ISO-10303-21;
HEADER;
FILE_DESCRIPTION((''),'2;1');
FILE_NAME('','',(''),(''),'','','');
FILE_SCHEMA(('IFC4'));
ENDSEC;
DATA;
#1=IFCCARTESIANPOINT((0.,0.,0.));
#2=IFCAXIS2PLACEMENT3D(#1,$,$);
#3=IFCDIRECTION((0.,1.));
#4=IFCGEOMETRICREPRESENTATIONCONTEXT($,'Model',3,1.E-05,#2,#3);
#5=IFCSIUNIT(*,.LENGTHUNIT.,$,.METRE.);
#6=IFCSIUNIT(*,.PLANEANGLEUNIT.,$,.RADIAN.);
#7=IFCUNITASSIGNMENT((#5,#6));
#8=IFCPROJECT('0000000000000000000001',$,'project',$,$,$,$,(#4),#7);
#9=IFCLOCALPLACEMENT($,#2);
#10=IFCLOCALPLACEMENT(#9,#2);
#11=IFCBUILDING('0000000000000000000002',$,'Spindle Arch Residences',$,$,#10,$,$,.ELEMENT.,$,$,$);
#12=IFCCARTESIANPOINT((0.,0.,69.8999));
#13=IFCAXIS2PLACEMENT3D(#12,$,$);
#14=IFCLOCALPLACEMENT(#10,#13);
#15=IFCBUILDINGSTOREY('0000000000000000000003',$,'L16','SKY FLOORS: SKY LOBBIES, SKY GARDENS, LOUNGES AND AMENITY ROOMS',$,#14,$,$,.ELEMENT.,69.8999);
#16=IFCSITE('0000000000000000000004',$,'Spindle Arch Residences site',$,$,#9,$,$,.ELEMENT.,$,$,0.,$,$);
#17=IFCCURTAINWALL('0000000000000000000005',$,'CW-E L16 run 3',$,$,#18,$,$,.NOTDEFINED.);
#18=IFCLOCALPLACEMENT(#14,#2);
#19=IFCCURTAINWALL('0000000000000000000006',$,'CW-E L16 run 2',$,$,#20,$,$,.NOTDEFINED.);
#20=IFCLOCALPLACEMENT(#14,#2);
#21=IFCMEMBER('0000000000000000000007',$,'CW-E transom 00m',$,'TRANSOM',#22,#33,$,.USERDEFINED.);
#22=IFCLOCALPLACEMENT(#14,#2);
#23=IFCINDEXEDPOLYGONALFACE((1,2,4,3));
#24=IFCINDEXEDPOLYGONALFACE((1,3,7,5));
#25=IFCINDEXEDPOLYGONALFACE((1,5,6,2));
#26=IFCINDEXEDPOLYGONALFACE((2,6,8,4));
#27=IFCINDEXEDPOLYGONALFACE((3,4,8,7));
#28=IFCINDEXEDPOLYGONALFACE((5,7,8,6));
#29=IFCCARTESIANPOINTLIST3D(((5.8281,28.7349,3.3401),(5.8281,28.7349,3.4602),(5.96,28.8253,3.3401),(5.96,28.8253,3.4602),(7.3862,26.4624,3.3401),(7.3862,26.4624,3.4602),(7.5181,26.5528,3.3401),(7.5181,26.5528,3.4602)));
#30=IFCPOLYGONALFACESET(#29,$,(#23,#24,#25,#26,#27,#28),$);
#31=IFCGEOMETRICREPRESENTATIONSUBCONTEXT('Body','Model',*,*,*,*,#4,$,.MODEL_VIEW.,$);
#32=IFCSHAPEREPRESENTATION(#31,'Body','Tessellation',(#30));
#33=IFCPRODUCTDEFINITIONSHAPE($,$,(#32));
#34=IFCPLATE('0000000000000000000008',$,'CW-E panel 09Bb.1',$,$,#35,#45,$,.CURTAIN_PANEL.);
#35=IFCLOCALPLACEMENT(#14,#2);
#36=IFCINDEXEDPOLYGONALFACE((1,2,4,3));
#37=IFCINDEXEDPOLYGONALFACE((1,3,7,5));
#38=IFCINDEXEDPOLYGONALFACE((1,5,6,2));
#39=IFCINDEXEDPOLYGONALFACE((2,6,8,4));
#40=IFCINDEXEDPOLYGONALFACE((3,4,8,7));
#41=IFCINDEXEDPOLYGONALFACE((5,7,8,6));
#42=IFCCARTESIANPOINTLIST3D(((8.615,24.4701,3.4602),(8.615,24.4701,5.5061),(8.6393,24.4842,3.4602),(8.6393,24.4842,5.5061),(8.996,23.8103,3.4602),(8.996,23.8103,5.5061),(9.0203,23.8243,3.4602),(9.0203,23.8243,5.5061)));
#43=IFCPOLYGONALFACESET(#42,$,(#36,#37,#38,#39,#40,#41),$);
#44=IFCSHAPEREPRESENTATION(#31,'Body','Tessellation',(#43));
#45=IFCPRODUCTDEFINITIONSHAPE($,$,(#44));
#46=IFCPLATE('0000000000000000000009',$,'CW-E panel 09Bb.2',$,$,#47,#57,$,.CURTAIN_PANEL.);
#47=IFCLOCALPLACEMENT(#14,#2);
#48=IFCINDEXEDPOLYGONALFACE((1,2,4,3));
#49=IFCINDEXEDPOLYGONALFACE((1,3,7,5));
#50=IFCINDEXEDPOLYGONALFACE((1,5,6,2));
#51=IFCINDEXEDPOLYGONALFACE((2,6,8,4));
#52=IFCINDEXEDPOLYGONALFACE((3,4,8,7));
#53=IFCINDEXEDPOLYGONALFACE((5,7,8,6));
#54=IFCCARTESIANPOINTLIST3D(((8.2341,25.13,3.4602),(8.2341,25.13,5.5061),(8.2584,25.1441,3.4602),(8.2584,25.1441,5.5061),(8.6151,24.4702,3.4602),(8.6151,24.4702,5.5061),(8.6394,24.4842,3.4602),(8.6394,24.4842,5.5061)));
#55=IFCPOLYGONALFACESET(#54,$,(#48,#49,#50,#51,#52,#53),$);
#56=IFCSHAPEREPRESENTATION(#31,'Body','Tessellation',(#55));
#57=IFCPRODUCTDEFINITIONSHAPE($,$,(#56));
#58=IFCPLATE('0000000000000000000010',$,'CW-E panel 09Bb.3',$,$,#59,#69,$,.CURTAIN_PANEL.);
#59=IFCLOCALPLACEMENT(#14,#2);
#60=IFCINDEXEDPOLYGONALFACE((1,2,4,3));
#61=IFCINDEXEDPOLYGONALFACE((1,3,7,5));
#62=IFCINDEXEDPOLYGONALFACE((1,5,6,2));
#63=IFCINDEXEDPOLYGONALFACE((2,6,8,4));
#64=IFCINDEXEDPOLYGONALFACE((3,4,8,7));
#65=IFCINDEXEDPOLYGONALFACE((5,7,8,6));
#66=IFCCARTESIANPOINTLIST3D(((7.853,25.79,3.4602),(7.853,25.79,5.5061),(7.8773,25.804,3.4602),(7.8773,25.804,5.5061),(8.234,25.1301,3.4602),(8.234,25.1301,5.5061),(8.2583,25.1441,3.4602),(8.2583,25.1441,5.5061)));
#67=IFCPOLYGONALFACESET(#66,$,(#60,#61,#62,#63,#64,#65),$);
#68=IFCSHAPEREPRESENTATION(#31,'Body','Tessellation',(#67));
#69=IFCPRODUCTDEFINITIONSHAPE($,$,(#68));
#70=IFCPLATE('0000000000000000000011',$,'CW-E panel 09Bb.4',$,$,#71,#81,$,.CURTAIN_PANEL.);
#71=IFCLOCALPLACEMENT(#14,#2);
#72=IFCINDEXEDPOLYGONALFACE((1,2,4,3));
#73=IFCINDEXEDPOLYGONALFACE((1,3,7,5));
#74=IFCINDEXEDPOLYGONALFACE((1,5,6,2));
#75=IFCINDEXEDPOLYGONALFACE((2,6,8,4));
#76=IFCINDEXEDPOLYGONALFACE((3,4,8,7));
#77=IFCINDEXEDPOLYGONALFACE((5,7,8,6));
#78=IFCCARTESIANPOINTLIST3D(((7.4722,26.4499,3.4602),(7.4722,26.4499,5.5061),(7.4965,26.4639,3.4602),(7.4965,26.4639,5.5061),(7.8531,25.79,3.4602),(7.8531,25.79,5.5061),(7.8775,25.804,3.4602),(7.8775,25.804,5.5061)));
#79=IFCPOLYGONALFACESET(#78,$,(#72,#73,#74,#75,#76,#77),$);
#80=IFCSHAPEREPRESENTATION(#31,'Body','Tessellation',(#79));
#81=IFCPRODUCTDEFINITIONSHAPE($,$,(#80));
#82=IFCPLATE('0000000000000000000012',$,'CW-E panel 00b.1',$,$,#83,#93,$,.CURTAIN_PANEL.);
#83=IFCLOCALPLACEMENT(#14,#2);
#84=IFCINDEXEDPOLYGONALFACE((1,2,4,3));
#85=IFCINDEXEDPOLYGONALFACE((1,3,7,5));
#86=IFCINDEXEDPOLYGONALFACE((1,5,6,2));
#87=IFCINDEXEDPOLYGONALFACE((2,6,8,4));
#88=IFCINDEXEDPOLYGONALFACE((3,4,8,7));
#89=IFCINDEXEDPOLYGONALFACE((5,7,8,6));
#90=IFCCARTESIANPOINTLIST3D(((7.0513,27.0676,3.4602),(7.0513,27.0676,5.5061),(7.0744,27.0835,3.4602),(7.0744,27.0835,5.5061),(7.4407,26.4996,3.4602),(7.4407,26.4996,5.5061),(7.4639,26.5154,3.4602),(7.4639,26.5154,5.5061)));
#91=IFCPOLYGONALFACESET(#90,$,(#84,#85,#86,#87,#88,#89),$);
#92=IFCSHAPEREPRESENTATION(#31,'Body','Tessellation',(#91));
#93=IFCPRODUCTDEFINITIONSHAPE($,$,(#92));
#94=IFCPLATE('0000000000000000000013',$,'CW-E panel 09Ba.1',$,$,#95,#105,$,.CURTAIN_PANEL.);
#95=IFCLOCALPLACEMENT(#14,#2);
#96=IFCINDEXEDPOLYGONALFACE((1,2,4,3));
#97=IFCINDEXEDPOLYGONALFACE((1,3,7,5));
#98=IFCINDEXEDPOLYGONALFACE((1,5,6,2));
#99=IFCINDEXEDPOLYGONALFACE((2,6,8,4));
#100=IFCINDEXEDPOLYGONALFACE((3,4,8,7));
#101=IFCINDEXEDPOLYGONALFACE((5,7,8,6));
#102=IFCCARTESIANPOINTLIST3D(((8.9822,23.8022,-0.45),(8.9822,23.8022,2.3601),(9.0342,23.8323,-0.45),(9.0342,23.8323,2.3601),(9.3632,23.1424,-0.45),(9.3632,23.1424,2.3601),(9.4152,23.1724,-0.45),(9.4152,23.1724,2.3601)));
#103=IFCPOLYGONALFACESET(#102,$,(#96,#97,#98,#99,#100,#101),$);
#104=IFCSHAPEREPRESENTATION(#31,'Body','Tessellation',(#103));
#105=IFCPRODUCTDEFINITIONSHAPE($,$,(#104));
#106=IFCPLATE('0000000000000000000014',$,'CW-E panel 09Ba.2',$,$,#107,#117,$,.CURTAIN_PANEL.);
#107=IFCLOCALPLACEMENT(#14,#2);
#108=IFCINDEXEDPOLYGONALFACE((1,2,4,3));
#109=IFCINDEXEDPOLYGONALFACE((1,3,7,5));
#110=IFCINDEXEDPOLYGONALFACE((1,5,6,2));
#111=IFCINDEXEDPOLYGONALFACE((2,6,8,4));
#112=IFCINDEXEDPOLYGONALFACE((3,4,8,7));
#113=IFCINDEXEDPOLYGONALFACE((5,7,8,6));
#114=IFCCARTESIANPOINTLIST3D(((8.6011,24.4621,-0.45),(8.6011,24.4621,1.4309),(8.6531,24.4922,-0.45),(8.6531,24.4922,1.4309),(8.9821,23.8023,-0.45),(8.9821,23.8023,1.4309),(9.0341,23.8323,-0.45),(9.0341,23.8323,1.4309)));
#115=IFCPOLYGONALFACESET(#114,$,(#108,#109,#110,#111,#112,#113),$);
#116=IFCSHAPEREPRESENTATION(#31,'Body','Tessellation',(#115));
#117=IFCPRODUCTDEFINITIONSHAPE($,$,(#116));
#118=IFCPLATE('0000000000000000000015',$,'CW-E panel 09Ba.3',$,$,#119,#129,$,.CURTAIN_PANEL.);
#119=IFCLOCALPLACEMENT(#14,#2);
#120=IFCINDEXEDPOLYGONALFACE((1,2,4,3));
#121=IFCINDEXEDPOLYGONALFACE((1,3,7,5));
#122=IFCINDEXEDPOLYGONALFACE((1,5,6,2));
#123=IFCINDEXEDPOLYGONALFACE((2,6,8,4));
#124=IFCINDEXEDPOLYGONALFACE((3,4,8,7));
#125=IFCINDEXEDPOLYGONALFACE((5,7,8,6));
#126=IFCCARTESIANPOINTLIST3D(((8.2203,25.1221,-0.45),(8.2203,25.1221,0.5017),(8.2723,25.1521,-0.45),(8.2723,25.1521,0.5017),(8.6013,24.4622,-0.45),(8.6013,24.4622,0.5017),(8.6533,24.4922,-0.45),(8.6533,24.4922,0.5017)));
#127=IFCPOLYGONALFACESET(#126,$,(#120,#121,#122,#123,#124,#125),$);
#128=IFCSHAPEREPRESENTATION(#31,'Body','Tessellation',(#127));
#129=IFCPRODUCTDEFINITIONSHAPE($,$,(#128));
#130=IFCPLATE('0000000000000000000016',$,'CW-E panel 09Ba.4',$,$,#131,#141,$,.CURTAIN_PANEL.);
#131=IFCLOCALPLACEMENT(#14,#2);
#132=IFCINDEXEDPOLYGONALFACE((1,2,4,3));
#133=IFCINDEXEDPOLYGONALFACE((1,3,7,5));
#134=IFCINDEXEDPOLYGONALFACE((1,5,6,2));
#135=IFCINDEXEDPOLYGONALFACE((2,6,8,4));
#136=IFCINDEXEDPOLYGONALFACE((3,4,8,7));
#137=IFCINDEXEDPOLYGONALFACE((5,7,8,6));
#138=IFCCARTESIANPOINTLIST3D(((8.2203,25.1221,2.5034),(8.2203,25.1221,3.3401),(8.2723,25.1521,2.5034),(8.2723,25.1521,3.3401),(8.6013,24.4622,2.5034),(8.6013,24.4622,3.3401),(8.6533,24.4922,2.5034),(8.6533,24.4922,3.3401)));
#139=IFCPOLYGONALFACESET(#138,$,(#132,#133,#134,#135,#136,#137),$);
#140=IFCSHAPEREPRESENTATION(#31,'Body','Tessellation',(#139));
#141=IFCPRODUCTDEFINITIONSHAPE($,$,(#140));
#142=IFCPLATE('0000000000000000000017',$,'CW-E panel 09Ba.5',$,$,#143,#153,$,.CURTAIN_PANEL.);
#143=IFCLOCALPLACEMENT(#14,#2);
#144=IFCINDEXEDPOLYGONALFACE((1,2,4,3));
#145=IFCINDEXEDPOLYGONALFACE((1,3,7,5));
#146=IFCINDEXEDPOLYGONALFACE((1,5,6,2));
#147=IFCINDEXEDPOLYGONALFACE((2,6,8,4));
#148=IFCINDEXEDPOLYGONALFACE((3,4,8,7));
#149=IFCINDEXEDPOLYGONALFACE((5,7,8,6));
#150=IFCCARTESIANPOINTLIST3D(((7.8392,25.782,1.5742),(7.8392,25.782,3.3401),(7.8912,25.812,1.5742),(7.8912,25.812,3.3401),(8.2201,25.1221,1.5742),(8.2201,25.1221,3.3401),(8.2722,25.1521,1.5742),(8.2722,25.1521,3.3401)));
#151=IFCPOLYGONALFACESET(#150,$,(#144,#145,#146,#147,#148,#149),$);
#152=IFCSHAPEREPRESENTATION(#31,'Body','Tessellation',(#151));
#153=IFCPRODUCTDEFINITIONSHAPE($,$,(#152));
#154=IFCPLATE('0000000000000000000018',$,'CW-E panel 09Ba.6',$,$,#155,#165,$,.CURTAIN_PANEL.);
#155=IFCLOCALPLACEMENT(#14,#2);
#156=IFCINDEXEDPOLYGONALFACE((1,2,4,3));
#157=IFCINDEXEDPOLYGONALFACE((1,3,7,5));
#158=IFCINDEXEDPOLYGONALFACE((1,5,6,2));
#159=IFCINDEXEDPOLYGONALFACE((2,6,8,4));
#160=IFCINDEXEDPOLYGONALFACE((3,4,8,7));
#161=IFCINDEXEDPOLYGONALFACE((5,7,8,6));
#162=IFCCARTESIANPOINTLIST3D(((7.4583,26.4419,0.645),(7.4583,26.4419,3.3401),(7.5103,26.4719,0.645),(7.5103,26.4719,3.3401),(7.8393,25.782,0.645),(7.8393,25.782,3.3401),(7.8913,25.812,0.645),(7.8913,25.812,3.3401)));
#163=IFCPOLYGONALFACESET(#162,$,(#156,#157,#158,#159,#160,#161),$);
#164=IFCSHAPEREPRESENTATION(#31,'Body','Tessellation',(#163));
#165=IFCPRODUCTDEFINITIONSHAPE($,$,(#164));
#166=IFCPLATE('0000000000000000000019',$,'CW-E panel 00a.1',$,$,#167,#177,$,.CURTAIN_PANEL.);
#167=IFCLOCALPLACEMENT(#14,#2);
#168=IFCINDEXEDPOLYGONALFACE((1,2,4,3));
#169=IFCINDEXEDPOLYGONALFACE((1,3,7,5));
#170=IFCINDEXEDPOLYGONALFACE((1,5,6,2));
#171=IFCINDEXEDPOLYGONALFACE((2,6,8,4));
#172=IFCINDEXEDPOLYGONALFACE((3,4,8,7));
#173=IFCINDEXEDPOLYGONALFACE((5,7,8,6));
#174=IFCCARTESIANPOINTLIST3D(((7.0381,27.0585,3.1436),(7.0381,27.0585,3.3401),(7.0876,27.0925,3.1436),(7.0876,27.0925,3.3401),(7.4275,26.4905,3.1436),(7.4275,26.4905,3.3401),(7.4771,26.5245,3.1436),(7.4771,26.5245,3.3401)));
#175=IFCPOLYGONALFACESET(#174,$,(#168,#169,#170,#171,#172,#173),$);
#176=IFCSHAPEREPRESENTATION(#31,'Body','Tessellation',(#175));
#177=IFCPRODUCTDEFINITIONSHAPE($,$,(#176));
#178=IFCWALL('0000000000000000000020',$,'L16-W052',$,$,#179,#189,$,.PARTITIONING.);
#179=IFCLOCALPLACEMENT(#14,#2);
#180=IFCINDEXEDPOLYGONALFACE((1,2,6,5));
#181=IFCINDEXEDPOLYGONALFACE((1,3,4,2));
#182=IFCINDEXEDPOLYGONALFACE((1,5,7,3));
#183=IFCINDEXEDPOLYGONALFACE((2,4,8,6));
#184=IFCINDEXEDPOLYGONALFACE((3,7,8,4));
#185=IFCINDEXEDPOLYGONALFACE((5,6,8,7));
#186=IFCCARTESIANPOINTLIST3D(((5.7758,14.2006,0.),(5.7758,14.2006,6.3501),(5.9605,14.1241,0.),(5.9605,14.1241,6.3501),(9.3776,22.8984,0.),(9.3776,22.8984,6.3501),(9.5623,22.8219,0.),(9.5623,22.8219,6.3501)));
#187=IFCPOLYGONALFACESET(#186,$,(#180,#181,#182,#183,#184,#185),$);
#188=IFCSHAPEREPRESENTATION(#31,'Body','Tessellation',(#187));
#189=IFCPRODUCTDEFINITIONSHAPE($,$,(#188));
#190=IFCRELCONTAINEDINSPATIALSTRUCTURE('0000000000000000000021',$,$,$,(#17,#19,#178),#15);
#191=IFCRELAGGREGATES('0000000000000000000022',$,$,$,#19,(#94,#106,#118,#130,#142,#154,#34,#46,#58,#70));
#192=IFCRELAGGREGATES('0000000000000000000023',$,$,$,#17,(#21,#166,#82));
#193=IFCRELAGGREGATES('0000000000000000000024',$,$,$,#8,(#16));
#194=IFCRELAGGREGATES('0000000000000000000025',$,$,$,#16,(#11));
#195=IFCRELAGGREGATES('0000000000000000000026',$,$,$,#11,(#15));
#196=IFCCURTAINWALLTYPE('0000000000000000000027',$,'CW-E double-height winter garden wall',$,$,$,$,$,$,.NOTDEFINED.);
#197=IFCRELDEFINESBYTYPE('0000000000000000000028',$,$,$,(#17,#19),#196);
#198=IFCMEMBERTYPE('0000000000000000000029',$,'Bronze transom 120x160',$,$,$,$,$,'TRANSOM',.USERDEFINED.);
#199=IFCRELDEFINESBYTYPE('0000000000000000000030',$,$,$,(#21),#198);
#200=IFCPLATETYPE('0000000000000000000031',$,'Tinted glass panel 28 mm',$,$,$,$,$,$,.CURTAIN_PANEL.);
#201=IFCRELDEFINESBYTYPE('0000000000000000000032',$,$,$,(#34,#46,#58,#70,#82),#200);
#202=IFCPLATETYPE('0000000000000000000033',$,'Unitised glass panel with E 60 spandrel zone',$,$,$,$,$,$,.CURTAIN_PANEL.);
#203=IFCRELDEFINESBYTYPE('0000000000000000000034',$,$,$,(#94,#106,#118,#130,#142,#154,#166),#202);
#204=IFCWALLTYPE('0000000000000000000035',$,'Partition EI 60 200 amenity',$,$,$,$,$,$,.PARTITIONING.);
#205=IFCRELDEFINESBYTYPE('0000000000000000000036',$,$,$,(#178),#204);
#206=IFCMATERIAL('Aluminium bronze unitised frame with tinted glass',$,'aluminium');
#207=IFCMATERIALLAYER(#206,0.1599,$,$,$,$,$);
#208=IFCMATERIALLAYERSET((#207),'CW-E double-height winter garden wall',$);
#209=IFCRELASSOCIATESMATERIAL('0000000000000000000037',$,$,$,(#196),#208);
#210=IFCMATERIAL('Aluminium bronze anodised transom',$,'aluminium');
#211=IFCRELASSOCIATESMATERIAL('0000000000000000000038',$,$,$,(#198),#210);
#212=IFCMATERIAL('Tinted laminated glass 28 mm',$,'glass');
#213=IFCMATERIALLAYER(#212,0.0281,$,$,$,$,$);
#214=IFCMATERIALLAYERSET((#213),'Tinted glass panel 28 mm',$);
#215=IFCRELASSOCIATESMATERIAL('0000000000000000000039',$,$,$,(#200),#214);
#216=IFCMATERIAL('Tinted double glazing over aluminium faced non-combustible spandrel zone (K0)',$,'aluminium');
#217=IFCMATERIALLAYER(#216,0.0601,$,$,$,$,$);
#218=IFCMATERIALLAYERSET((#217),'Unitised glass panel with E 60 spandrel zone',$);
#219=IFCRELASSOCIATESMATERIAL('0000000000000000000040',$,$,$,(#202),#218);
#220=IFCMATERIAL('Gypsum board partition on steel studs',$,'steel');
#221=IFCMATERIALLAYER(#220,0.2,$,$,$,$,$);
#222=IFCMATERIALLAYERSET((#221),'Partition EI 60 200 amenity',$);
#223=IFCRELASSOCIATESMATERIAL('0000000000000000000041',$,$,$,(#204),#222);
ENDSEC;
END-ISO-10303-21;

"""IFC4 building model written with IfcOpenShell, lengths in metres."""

from ifc_helpers import new_model, si_unit, direction, frame, frame_2d, origin, origin_2d, place, context, subcontext, project, spatial, rectangle, extrude, material, layer, layer_set, material_profile, profile_set, type_object, element, aggregate, save


model = new_model("IFC4")

# Units and contexts
model_context = context("Model", 3, precision=1e-05, world=origin(), true_north=direction((0.0, 1.0)))
body_context = subcontext(model_context, "Body", "Model", "MODEL_VIEW")
ifc_project = project(units=[si_unit("LENGTHUNIT", "METRE"), si_unit("PLANEANGLEUNIT", "RADIAN")], contexts=[model_context])

# Site, building, storey
site_placement = place(None, origin())
site = spatial("IfcSite", under=ifc_project, at=site_placement, Name="Spindle Arch Residences site", CompositionType="ELEMENT", RefElevation=0.0)
building_placement = place(site_placement, origin())
building = spatial("IfcBuilding", under=site, at=building_placement, Name="Spindle Arch Residences", CompositionType="ELEMENT")
storey_placement = place(building_placement, frame((0.0, 0.0, 69.8999)))
storey = spatial("IfcBuildingStorey", under=building, at=storey_placement, Name="L16", Description="SKY FLOORS: SKY LOBBIES, SKY GARDENS, LOUNGES AND AMENITY ROOMS", CompositionType="ELEMENT", Elevation=69.8999)

# Curtain walls
ifc_material_1 = material(Name="Aluminium bronze unitised frame with tinted glass", Category="aluminium")
ifc_layer_1 = layer(ifc_material_1, 0.1599)
ifc_layer_set_1 = layer_set([ifc_layer_1], Name="CW-E double-height winter garden wall")
curtain_wall_type = type_object("IfcCurtainWallType", Name="CW-E double-height winter garden wall", PredefinedType="NOTDEFINED", material=ifc_layer_set_1)
curtain_wall_1_placement = place(storey_placement, origin())
curtain_wall_1 = element("IfcCurtainWall", 1, at=curtain_wall_1_placement, inside=storey, type_object=curtain_wall_type, Name="CW-E L16 run 3", PredefinedType="NOTDEFINED")
curtain_wall_2_placement = place(storey_placement, origin())
curtain_wall_2 = element("IfcCurtainWall", 2, at=curtain_wall_2_placement, inside=storey, type_object=curtain_wall_type, Name="CW-E L16 run 2", PredefinedType="NOTDEFINED")
ifc_material_2 = material(Name="Aluminium bronze anodised transom", Category="aluminium")
ifc_material_profile_1 = material_profile(ifc_material_2, rectangle(XDim=0.1599, YDim=0.1201, at=origin_2d()), Name="TR 120x160")
ifc_profile_set_1 = profile_set([ifc_material_profile_1], Name="Aluminium bronze anodised transom")
member_type_1 = type_object("IfcMemberType", Name="Bronze transom 120x160", ElementType="TRANSOM", PredefinedType="USERDEFINED", material=ifc_profile_set_1)

# Member
member_1_placement = place(storey_placement, frame((7.4521, 26.5076, 3.4001), z_axis=(-0.56549, 0.824755, 0.0), x_axis=(-0.824755, -0.56549, 0.0)))
member_1 = element("IfcMember", 3, at=member_1_placement, type_object=member_type_1, Name="CW-E transom 00m", ObjectType="TRANSOM", PredefinedType="USERDEFINED", context=body_context, shape_type="SweptSolid", body=[
    extrude(rectangle(XDim=0.1599, YDim=0.1201, at=origin_2d()), origin(), (0.0, 0.0, 1.0), 2.7554),
])

# Plates
ifc_material_3 = material(Name="Tinted laminated glass 28 mm", Category="glass")
ifc_layer_2 = layer(ifc_material_3, 0.0281)
ifc_layer_set_2 = layer_set([ifc_layer_2], Name="Tinted glass panel 28 mm")
plate_type_1 = type_object("IfcPlateType", Name="Tinted glass panel 28 mm", PredefinedType="CURTAIN_PANEL", material=ifc_layer_set_2)
plate_1_placement = place(storey_placement, frame((8.8176, 24.1472, 3.4602), z_axis=(0.0, 0.0, 1.0), x_axis=(-0.5, 0.866025, 0.0)))
plate_1 = element("IfcPlate", 4, at=plate_1_placement, type_object=plate_type_1, Name="CW-E panel 09Bb.1", PredefinedType="CURTAIN_PANEL", context=body_context, shape_type="SweptSolid", body=[
    extrude(rectangle(XDim=0.762, YDim=0.0281, at=origin_2d()), origin(), (0.0, 0.0, 1.0), 2.0459),
])
plate_2_placement = place(storey_placement, frame((8.4368, 24.8071, 3.4602), z_axis=(0.0, 0.0, 1.0), x_axis=(-0.5, 0.866025, 0.0)))
plate_2 = element("IfcPlate", 5, at=plate_2_placement, type_object=plate_type_1, Name="CW-E panel 09Bb.2", PredefinedType="CURTAIN_PANEL", context=body_context, shape_type="SweptSolid", body=[
    extrude(rectangle(XDim=0.762, YDim=0.0281, at=origin_2d()), origin(), (0.0, 0.0, 1.0), 2.0459),
])
plate_3_placement = place(storey_placement, frame((8.0557, 25.467, 3.4602), z_axis=(0.0, 0.0, 1.0), x_axis=(-0.5, 0.866025, 0.0)))
plate_3 = element("IfcPlate", 6, at=plate_3_placement, type_object=plate_type_1, Name="CW-E panel 09Bb.3", PredefinedType="CURTAIN_PANEL", context=body_context, shape_type="SweptSolid", body=[
    extrude(rectangle(XDim=0.762, YDim=0.0281, at=origin_2d()), origin(), (0.0, 0.0, 1.0), 2.0459),
])
plate_4_placement = place(storey_placement, frame((7.6748, 26.127, 3.4602), z_axis=(0.0, 0.0, 1.0), x_axis=(-0.5, 0.866025, 0.0)))
plate_4 = element("IfcPlate", 7, at=plate_4_placement, type_object=plate_type_1, Name="CW-E panel 09Bb.4", PredefinedType="CURTAIN_PANEL", context=body_context, shape_type="SweptSolid", body=[
    extrude(rectangle(XDim=0.762, YDim=0.0281, at=origin_2d()), origin(), (0.0, 0.0, 1.0), 2.0459),
])
plate_5_placement = place(storey_placement, frame((7.2576, 26.7915, 3.4602), z_axis=(0.0, 0.0, 1.0), x_axis=(-0.565501, 0.824748, 0.0)))
plate_5 = element("IfcPlate", 8, at=plate_5_placement, type_object=plate_type_1, Name="CW-E panel 00b.1", PredefinedType="CURTAIN_PANEL", context=body_context, shape_type="SweptSolid", body=[
    extrude(rectangle(XDim=0.6887, YDim=0.0281, at=origin_2d()), origin(), (0.0, 0.0, 1.0), 2.0459),
])
ifc_material_4 = material(Name="Tinted double glazing over aluminium faced non-combustible spandrel zone (K0)", Category="aluminium")
ifc_layer_3 = layer(ifc_material_4, 0.0601)
ifc_layer_set_3 = layer_set([ifc_layer_3], Name="Unitised glass panel with E 60 spandrel zone")
plate_type_2 = type_object("IfcPlateType", Name="Unitised glass panel with E 60 spandrel zone", PredefinedType="CURTAIN_PANEL", material=ifc_layer_set_3)
plate_6_placement = place(storey_placement, frame((9.1987, 23.4873, -0.45), z_axis=(0.0, 0.0, 1.0), x_axis=(-0.5, 0.866025, 0.0)))
plate_6 = element("IfcPlate", 9, at=plate_6_placement, type_object=plate_type_2, Name="CW-E panel 09Ba.1", PredefinedType="CURTAIN_PANEL", context=body_context, shape_type="SweptSolid", body=[
    extrude(rectangle(XDim=0.762, YDim=0.0601, at=origin_2d()), origin(), (0.0, 0.0, 1.0), 2.8101),
])
plate_7_placement = place(storey_placement, frame((8.8176, 24.1472, -0.45), z_axis=(0.0, 0.0, 1.0), x_axis=(-0.5, 0.866025, 0.0)))
plate_7 = element("IfcPlate", 10, at=plate_7_placement, type_object=plate_type_2, Name="CW-E panel 09Ba.2", PredefinedType="CURTAIN_PANEL", context=body_context, shape_type="SweptSolid", body=[
    extrude(rectangle(XDim=0.762, YDim=0.0601, at=origin_2d()), origin(), (0.0, 0.0, 1.0), 1.8809),
])
plate_8_placement = place(storey_placement, frame((8.4368, 24.8071, -0.45), z_axis=(0.0, 0.0, 1.0), x_axis=(-0.5, 0.866025, 0.0)))
plate_8 = element("IfcPlate", 11, at=plate_8_placement, type_object=plate_type_2, Name="CW-E panel 09Ba.3", PredefinedType="CURTAIN_PANEL", context=body_context, shape_type="SweptSolid", body=[
    extrude(rectangle(XDim=0.762, YDim=0.0601, at=origin_2d()), origin(), (0.0, 0.0, 1.0), 0.9517),
])
plate_9_placement = place(storey_placement, frame((8.4368, 24.8071, 2.5034), z_axis=(0.0, 0.0, 1.0), x_axis=(-0.5, 0.866025, 0.0)))
plate_9 = element("IfcPlate", 12, at=plate_9_placement, type_object=plate_type_2, Name="CW-E panel 09Ba.4", PredefinedType="CURTAIN_PANEL", context=body_context, shape_type="SweptSolid", body=[
    extrude(rectangle(XDim=0.762, YDim=0.0601, at=origin_2d()), origin(), (0.0, 0.0, 1.0), 0.8367),
])
plate_10_placement = place(storey_placement, frame((8.0557, 25.467, 1.5742), z_axis=(0.0, 0.0, 1.0), x_axis=(-0.5, 0.866025, 0.0)))
plate_10 = element("IfcPlate", 13, at=plate_10_placement, type_object=plate_type_2, Name="CW-E panel 09Ba.5", PredefinedType="CURTAIN_PANEL", context=body_context, shape_type="SweptSolid", body=[
    extrude(rectangle(XDim=0.762, YDim=0.0601, at=origin_2d()), origin(), (0.0, 0.0, 1.0), 1.7659),
])
plate_11_placement = place(storey_placement, frame((7.6748, 26.127, 0.645), z_axis=(0.0, 0.0, 1.0), x_axis=(-0.5, 0.866025, 0.0)))
plate_11 = element("IfcPlate", 14, at=plate_11_placement, type_object=plate_type_2, Name="CW-E panel 09Ba.6", PredefinedType="CURTAIN_PANEL", context=body_context, shape_type="SweptSolid", body=[
    extrude(rectangle(XDim=0.762, YDim=0.0601, at=origin_2d()), origin(), (0.0, 0.0, 1.0), 2.6951),
])
aggregate(curtain_wall_2, [plate_6, plate_7, plate_8, plate_9, plate_10, plate_11, plate_1, plate_2, plate_3, plate_4])
plate_12_placement = place(storey_placement, frame((7.2576, 26.7915, 3.1436), z_axis=(0.0, 0.0, 1.0), x_axis=(-0.565501, 0.824748, 0.0)))
plate_12 = element("IfcPlate", 15, at=plate_12_placement, type_object=plate_type_2, Name="CW-E panel 00a.1", PredefinedType="CURTAIN_PANEL", context=body_context, shape_type="SweptSolid", body=[
    extrude(rectangle(XDim=0.6887, YDim=0.0601, at=origin_2d()), origin(), (0.0, 0.0, 1.0), 0.1965),
])
aggregate(curtain_wall_1, [member_1, plate_12, plate_5])

# Wall
ifc_material_5 = material(Name="Gypsum board partition on steel studs", Category="steel")
ifc_layer_4 = layer(ifc_material_5, 0.2)
ifc_layer_set_4 = layer_set([ifc_layer_4], Name="Partition EI 60 200 amenity")
wall_type = type_object("IfcWallType", Name="Partition EI 60 200 amenity", PredefinedType="PARTITIONING", material=ifc_layer_set_4)
wall_placement = place(storey_placement, frame((9.47, 22.8601, 0.0), z_axis=(0.0, 0.0, 1.0), x_axis=(-0.3826, -0.923914, 0.0)))
element("IfcWall", 16, at=wall_placement, inside=storey, type_object=wall_type, Name="L16-W052", PredefinedType="PARTITIONING", context=body_context, shape_type="SweptSolid", body=[
    extrude(rectangle(XDim=9.4141, YDim=0.2, at=frame_2d((4.707, 0.0))), origin(), (0.0, 0.0, 1.0), 6.3501),
])

save(model, "model.ifc")
